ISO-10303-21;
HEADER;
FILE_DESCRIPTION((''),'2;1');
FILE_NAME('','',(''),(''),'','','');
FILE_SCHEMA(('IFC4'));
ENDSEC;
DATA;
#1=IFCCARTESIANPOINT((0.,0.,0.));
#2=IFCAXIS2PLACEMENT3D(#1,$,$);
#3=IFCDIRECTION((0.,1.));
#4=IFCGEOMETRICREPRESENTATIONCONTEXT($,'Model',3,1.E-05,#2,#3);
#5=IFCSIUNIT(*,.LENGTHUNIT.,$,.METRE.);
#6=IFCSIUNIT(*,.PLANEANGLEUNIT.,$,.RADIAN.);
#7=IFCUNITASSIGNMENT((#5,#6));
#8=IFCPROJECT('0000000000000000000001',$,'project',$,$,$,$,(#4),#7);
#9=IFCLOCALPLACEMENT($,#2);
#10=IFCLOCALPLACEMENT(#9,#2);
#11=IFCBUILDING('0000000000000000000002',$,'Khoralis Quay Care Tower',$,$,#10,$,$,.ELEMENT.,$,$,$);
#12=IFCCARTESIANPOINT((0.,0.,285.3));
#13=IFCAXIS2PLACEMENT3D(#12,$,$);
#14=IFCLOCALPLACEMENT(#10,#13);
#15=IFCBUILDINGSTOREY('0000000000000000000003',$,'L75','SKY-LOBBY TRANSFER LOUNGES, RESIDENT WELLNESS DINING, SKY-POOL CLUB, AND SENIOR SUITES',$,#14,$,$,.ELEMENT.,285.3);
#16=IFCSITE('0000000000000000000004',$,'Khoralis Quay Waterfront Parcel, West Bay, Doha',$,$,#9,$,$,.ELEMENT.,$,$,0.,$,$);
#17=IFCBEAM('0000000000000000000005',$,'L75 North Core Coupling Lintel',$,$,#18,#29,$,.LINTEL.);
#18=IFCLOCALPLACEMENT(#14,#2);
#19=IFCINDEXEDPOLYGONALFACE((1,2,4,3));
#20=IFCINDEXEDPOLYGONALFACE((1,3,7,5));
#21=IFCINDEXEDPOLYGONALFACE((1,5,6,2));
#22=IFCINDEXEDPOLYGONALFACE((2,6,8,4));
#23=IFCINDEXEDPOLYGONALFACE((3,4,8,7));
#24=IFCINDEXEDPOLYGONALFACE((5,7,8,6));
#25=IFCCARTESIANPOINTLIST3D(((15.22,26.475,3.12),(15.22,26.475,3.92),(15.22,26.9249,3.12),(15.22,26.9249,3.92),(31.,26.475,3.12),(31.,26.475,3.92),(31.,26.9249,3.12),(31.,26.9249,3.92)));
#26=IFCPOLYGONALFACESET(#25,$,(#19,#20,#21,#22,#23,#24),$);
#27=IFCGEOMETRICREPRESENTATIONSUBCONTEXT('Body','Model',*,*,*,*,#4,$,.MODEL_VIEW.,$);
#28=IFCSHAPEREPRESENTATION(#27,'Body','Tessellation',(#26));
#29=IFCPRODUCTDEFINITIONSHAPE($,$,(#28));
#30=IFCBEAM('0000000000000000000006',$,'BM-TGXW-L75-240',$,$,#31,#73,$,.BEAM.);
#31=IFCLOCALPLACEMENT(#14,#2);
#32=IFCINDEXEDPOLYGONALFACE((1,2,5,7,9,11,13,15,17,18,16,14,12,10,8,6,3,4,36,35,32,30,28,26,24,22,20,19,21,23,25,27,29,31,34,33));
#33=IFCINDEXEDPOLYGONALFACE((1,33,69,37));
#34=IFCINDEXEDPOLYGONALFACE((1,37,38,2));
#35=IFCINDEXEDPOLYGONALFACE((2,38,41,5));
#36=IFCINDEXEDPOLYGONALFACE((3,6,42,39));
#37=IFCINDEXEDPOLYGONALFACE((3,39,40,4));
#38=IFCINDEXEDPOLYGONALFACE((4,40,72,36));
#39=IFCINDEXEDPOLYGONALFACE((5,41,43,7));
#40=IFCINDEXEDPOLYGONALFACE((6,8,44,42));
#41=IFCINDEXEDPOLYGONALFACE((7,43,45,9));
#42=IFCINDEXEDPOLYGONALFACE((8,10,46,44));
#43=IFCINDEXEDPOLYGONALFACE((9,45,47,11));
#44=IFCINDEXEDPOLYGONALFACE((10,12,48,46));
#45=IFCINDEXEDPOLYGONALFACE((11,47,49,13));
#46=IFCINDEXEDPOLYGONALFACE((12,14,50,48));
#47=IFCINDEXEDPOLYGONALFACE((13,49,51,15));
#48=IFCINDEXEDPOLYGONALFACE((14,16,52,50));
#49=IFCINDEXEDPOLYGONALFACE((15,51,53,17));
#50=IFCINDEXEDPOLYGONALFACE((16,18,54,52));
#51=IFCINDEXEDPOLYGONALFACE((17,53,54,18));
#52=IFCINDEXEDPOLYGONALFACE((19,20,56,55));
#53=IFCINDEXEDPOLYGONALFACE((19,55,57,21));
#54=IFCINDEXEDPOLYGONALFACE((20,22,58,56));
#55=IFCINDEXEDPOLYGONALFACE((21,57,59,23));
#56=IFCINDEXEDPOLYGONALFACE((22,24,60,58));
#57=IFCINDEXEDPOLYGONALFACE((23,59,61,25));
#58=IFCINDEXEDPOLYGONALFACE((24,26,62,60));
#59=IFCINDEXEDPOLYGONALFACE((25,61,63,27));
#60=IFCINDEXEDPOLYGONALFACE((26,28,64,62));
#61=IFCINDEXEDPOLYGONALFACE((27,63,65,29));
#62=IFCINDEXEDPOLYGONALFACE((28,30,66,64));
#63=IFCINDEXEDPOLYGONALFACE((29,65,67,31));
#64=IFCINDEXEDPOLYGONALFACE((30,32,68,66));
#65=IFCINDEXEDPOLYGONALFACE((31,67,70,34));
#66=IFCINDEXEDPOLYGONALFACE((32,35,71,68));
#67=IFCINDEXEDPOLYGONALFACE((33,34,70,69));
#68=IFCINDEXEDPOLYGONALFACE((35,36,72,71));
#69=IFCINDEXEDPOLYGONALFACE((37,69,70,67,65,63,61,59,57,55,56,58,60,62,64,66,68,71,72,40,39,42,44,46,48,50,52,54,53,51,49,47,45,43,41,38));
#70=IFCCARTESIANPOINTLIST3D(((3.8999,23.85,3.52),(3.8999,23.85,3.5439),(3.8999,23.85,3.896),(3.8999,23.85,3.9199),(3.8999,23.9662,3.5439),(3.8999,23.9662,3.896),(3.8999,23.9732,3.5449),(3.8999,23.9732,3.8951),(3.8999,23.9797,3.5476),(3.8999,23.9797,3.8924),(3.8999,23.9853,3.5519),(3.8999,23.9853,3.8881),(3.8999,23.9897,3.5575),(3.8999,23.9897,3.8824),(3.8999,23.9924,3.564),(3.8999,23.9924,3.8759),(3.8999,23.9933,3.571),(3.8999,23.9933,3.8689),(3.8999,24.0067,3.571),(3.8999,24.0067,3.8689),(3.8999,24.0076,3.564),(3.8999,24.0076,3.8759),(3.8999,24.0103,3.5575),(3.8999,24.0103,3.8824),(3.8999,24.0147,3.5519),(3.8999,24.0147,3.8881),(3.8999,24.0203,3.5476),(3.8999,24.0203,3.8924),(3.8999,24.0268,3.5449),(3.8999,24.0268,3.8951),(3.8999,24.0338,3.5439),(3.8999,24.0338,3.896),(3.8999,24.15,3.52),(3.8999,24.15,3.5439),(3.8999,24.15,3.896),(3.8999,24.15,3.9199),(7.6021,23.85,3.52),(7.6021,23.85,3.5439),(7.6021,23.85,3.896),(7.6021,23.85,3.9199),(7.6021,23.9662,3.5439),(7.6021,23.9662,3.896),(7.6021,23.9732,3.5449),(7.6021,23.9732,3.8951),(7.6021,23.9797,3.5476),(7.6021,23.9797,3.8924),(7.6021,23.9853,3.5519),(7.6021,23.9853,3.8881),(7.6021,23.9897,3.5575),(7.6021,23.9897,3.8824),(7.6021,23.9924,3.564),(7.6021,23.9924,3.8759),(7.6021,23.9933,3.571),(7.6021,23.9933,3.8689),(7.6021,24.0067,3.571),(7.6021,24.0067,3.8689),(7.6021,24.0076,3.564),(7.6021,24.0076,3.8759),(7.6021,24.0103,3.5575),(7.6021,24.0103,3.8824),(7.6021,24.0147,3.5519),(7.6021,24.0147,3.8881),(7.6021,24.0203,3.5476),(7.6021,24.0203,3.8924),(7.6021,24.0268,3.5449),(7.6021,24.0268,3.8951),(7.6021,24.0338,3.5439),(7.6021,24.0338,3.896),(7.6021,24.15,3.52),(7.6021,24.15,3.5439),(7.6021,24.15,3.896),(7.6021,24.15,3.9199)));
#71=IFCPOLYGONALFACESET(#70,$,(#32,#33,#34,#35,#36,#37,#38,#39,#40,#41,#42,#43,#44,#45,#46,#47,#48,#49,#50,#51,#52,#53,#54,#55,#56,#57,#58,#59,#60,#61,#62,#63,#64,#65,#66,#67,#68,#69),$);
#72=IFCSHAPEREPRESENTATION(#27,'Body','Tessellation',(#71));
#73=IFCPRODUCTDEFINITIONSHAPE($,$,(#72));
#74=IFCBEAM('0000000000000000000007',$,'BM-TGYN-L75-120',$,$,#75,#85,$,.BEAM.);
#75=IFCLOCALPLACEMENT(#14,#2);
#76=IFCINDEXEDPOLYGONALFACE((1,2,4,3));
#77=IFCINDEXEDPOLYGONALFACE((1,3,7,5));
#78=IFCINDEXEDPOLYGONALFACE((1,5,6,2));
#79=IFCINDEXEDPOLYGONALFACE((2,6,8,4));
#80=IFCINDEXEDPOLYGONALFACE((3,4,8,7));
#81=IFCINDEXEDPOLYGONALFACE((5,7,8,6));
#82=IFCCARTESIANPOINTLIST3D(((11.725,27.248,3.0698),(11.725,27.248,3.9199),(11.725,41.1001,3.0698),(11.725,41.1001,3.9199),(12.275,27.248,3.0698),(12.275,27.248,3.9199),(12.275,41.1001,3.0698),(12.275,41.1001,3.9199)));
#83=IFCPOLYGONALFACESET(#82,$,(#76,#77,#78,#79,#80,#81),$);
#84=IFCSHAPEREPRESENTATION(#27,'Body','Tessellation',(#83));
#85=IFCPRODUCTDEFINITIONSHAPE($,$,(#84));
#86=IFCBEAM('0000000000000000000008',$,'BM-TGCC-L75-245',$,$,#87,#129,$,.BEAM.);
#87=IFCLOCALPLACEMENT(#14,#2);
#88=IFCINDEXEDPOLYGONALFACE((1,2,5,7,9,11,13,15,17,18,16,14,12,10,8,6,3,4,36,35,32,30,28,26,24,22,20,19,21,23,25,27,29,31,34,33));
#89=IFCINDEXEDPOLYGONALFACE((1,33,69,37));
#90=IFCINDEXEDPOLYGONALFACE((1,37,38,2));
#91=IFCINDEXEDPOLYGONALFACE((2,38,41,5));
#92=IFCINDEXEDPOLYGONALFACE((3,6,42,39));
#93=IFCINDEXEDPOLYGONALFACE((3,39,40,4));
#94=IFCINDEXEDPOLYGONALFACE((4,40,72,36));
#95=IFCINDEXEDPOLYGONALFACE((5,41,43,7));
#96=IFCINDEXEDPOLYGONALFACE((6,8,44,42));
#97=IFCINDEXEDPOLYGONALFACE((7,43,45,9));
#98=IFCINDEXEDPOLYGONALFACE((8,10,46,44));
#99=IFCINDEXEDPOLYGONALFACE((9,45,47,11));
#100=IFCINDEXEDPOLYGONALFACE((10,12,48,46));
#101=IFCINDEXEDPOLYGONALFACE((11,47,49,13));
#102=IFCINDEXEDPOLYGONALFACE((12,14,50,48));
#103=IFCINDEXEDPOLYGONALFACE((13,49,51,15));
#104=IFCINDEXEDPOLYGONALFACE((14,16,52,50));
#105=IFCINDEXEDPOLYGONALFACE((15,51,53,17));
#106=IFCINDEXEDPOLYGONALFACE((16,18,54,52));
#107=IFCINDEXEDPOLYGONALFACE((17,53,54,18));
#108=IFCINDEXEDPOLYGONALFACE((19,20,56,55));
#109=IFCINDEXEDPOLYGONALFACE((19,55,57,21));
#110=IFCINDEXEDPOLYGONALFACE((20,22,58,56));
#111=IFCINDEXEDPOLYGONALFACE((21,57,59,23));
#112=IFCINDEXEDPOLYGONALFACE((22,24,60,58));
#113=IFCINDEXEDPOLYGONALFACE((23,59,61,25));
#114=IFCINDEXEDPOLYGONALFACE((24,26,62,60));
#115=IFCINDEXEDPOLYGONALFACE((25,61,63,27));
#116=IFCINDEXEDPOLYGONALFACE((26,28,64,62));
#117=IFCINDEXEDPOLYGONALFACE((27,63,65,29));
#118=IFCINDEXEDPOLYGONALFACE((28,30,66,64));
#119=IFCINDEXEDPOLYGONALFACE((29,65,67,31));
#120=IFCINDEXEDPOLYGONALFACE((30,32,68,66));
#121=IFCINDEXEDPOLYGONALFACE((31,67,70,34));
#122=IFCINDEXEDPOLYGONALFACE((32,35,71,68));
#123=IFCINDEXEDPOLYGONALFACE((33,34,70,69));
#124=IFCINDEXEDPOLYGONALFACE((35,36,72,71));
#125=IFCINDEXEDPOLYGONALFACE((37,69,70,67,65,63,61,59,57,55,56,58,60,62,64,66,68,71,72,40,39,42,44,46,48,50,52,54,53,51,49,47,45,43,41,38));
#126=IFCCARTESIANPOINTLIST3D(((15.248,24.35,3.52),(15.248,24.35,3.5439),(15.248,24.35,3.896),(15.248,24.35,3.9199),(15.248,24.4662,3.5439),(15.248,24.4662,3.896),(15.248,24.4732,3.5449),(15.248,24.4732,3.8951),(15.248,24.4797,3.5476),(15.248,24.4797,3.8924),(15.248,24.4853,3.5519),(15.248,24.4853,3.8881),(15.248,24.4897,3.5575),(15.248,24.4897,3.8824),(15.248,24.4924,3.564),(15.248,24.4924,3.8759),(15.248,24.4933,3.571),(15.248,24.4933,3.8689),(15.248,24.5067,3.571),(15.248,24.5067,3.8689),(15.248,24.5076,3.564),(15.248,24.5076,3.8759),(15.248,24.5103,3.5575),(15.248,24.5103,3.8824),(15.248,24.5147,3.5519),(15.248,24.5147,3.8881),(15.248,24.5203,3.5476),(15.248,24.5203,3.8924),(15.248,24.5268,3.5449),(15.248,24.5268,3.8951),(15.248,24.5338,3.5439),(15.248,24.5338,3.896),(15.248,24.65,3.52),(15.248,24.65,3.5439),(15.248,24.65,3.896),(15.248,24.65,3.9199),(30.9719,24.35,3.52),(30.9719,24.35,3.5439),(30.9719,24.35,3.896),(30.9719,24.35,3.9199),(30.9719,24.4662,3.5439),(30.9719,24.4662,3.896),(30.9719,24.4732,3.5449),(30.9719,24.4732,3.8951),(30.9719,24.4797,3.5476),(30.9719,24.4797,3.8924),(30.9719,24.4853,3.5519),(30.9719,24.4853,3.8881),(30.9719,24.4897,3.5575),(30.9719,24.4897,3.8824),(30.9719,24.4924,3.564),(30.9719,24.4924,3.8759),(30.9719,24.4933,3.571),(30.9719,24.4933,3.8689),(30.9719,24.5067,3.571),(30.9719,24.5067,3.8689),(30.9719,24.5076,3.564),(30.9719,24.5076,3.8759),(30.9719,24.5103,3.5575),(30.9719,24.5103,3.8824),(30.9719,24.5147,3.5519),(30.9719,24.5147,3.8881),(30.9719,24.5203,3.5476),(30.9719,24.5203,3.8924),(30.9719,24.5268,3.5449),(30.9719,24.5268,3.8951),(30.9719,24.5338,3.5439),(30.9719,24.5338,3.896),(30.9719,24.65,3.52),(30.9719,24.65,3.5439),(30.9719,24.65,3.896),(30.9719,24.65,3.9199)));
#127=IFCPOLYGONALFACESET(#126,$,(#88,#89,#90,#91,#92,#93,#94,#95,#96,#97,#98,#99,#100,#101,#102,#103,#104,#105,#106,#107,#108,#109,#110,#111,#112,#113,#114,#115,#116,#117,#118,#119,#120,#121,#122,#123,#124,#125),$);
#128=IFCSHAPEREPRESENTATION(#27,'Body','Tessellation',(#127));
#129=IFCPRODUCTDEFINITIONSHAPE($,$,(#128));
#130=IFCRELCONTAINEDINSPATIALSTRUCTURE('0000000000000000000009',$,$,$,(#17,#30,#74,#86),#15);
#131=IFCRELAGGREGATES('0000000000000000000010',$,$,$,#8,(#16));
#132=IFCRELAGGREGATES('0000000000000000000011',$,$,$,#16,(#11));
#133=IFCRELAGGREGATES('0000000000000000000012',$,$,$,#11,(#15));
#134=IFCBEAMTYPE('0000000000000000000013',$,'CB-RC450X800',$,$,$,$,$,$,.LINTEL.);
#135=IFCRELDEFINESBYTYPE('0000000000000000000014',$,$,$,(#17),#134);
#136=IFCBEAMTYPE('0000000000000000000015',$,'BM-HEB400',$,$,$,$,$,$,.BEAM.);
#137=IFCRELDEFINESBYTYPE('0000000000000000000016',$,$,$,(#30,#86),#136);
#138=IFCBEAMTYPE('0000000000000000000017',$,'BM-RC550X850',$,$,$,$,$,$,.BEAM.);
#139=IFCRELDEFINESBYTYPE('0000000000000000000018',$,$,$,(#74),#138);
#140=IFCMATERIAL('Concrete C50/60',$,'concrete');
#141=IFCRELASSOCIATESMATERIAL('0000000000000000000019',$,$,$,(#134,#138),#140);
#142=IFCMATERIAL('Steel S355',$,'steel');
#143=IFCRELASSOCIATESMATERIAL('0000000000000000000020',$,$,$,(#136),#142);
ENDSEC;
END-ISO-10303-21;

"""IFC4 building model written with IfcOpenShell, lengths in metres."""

from ifc_helpers import new_model, si_unit, direction, frame, origin, origin_2d, place, context, subcontext, project, spatial, rectangle, i_section, extrude, source, transform, mapped, material, material_profile, profile_set, type_object, element, save


model = new_model("IFC4")

# Units and contexts
model_context = context("Model", 3, precision=1e-05, world=origin(), true_north=direction((0.0, 1.0)))
body_context = subcontext(model_context, "Body", "Model", "MODEL_VIEW")
ifc_project = project(units=[si_unit("LENGTHUNIT", "METRE"), si_unit("PLANEANGLEUNIT", "RADIAN")], contexts=[model_context])

# Site, building, storey
site_placement = place(None, origin())
site = spatial("IfcSite", under=ifc_project, at=site_placement, Name="Khoralis Quay Waterfront Parcel, West Bay, Doha", CompositionType="ELEMENT", RefElevation=0.0)
building_placement = place(site_placement, origin())
building = spatial("IfcBuilding", under=site, at=building_placement, Name="Khoralis Quay Care Tower", CompositionType="ELEMENT")
storey_placement = place(building_placement, frame((0.0, 0.0, 285.3)))
storey = spatial("IfcBuildingStorey", under=building, at=storey_placement, Name="L75", Description="SKY-LOBBY TRANSFER LOUNGES, RESIDENT WELLNESS DINING, SKY-POOL CLUB, AND SENIOR SUITES", CompositionType="ELEMENT", Elevation=285.3)

# Beams
ifc_material_1 = material(Name="Concrete C50/60", Category="concrete")
ifc_material_profile_1 = material_profile(ifc_material_1, rectangle(XDim=0.45, YDim=0.8, at=origin_2d()), Name="Concrete C50/60")
ifc_profile_set_1 = profile_set([ifc_material_profile_1], Name="Concrete C50/60")
beam_type_1 = type_object("IfcBeamType", Name="CB-RC450X800", PredefinedType="LINTEL", material=ifc_profile_set_1)
shared_shape_1 = source(origin(), body_context, "Body", "SweptSolid", [
    extrude(rectangle(XDim=0.45, YDim=0.8, at=origin_2d()), origin(), (0.0, 0.0, 1.0), 15.78),
])
beam_1_placement = place(storey_placement, frame((15.22, 26.7, 3.52), z_axis=(1.0, 0.0, 0.0), x_axis=(0.0, 1.0, 0.0)))
element("IfcBeam", 1, at=beam_1_placement, inside=storey, type_object=beam_type_1, Name="L75 North Core Coupling Lintel", PredefinedType="LINTEL", context=body_context, shape_type="MappedRepresentation", body=[
    mapped(shared_shape_1, transform((0.0, 0.0, 0.0), scale=1.0)),
])
ifc_material_2 = material(Name="Steel S355", Category="steel")
ifc_material_profile_2 = material_profile(ifc_material_2, i_section(OverallWidth=0.3, OverallDepth=0.3999, WebThickness=0.0134, FlangeThickness=0.0239, FilletRadius=0.0271, at=origin_2d()), Name="Steel S355")
ifc_profile_set_2 = profile_set([ifc_material_profile_2], Name="Steel S355")
beam_type_2 = type_object("IfcBeamType", Name="BM-HEB400", PredefinedType="BEAM", material=ifc_profile_set_2)
shared_shape_2 = source(origin(), body_context, "Body", "SweptSolid", [
    extrude(i_section(OverallWidth=0.3, OverallDepth=0.3999, WebThickness=0.0134, FlangeThickness=0.0239, FilletRadius=0.0271, at=origin_2d()), origin(), (0.0, 0.0, 1.0), 3.7021),
])
beam_2_placement = place(storey_placement, frame((3.8999, 24.0, 3.72), z_axis=(1.0, 0.0, 0.0), x_axis=(0.0, 1.0, 0.0)))
element("IfcBeam", 2, at=beam_2_placement, inside=storey, type_object=beam_type_2, Name="BM-TGXW-L75-240", PredefinedType="BEAM", context=body_context, shape_type="MappedRepresentation", body=[
    mapped(shared_shape_2, transform((0.0, 0.0, 0.0), scale=1.0)),
])
ifc_material_profile_3 = material_profile(ifc_material_1, rectangle(XDim=0.55, YDim=0.8501, at=origin_2d()), Name="Concrete C50/60")
ifc_profile_set_3 = profile_set([ifc_material_profile_3], Name="Concrete C50/60")
beam_type_3 = type_object("IfcBeamType", Name="BM-RC550X850", PredefinedType="BEAM", material=ifc_profile_set_3)
shared_shape_3 = source(origin(), body_context, "Body", "SweptSolid", [
    extrude(rectangle(XDim=0.55, YDim=0.8501, at=origin_2d()), origin(), (0.0, 0.0, 1.0), 13.8521),
])
beam_3_placement = place(storey_placement, frame((12.0, 27.248, 3.4949), z_axis=(0.0, 1.0, 0.0), x_axis=(-1.0, 0.0, 0.0)))
element("IfcBeam", 3, at=beam_3_placement, inside=storey, type_object=beam_type_3, Name="BM-TGYN-L75-120", PredefinedType="BEAM", context=body_context, shape_type="MappedRepresentation", body=[
    mapped(shared_shape_3, transform((0.0, 0.0, 0.0), scale=1.0)),
])
shared_shape_4 = source(origin(), body_context, "Body", "SweptSolid", [
    extrude(i_section(OverallWidth=0.3, OverallDepth=0.3999, WebThickness=0.0134, FlangeThickness=0.0239, FilletRadius=0.0271, at=origin_2d()), origin(), (0.0, 0.0, 1.0), 15.7239),
])
beam_4_placement = place(storey_placement, frame((15.248, 24.5, 3.72), z_axis=(1.0, 0.0, 0.0), x_axis=(0.0, 1.0, 0.0)))
element("IfcBeam", 4, at=beam_4_placement, inside=storey, type_object=beam_type_2, Name="BM-TGCC-L75-245", PredefinedType="BEAM", context=body_context, shape_type="MappedRepresentation", body=[
    mapped(shared_shape_4, transform((0.0, 0.0, 0.0), scale=1.0)),
])

save(model, "model.ifc")
